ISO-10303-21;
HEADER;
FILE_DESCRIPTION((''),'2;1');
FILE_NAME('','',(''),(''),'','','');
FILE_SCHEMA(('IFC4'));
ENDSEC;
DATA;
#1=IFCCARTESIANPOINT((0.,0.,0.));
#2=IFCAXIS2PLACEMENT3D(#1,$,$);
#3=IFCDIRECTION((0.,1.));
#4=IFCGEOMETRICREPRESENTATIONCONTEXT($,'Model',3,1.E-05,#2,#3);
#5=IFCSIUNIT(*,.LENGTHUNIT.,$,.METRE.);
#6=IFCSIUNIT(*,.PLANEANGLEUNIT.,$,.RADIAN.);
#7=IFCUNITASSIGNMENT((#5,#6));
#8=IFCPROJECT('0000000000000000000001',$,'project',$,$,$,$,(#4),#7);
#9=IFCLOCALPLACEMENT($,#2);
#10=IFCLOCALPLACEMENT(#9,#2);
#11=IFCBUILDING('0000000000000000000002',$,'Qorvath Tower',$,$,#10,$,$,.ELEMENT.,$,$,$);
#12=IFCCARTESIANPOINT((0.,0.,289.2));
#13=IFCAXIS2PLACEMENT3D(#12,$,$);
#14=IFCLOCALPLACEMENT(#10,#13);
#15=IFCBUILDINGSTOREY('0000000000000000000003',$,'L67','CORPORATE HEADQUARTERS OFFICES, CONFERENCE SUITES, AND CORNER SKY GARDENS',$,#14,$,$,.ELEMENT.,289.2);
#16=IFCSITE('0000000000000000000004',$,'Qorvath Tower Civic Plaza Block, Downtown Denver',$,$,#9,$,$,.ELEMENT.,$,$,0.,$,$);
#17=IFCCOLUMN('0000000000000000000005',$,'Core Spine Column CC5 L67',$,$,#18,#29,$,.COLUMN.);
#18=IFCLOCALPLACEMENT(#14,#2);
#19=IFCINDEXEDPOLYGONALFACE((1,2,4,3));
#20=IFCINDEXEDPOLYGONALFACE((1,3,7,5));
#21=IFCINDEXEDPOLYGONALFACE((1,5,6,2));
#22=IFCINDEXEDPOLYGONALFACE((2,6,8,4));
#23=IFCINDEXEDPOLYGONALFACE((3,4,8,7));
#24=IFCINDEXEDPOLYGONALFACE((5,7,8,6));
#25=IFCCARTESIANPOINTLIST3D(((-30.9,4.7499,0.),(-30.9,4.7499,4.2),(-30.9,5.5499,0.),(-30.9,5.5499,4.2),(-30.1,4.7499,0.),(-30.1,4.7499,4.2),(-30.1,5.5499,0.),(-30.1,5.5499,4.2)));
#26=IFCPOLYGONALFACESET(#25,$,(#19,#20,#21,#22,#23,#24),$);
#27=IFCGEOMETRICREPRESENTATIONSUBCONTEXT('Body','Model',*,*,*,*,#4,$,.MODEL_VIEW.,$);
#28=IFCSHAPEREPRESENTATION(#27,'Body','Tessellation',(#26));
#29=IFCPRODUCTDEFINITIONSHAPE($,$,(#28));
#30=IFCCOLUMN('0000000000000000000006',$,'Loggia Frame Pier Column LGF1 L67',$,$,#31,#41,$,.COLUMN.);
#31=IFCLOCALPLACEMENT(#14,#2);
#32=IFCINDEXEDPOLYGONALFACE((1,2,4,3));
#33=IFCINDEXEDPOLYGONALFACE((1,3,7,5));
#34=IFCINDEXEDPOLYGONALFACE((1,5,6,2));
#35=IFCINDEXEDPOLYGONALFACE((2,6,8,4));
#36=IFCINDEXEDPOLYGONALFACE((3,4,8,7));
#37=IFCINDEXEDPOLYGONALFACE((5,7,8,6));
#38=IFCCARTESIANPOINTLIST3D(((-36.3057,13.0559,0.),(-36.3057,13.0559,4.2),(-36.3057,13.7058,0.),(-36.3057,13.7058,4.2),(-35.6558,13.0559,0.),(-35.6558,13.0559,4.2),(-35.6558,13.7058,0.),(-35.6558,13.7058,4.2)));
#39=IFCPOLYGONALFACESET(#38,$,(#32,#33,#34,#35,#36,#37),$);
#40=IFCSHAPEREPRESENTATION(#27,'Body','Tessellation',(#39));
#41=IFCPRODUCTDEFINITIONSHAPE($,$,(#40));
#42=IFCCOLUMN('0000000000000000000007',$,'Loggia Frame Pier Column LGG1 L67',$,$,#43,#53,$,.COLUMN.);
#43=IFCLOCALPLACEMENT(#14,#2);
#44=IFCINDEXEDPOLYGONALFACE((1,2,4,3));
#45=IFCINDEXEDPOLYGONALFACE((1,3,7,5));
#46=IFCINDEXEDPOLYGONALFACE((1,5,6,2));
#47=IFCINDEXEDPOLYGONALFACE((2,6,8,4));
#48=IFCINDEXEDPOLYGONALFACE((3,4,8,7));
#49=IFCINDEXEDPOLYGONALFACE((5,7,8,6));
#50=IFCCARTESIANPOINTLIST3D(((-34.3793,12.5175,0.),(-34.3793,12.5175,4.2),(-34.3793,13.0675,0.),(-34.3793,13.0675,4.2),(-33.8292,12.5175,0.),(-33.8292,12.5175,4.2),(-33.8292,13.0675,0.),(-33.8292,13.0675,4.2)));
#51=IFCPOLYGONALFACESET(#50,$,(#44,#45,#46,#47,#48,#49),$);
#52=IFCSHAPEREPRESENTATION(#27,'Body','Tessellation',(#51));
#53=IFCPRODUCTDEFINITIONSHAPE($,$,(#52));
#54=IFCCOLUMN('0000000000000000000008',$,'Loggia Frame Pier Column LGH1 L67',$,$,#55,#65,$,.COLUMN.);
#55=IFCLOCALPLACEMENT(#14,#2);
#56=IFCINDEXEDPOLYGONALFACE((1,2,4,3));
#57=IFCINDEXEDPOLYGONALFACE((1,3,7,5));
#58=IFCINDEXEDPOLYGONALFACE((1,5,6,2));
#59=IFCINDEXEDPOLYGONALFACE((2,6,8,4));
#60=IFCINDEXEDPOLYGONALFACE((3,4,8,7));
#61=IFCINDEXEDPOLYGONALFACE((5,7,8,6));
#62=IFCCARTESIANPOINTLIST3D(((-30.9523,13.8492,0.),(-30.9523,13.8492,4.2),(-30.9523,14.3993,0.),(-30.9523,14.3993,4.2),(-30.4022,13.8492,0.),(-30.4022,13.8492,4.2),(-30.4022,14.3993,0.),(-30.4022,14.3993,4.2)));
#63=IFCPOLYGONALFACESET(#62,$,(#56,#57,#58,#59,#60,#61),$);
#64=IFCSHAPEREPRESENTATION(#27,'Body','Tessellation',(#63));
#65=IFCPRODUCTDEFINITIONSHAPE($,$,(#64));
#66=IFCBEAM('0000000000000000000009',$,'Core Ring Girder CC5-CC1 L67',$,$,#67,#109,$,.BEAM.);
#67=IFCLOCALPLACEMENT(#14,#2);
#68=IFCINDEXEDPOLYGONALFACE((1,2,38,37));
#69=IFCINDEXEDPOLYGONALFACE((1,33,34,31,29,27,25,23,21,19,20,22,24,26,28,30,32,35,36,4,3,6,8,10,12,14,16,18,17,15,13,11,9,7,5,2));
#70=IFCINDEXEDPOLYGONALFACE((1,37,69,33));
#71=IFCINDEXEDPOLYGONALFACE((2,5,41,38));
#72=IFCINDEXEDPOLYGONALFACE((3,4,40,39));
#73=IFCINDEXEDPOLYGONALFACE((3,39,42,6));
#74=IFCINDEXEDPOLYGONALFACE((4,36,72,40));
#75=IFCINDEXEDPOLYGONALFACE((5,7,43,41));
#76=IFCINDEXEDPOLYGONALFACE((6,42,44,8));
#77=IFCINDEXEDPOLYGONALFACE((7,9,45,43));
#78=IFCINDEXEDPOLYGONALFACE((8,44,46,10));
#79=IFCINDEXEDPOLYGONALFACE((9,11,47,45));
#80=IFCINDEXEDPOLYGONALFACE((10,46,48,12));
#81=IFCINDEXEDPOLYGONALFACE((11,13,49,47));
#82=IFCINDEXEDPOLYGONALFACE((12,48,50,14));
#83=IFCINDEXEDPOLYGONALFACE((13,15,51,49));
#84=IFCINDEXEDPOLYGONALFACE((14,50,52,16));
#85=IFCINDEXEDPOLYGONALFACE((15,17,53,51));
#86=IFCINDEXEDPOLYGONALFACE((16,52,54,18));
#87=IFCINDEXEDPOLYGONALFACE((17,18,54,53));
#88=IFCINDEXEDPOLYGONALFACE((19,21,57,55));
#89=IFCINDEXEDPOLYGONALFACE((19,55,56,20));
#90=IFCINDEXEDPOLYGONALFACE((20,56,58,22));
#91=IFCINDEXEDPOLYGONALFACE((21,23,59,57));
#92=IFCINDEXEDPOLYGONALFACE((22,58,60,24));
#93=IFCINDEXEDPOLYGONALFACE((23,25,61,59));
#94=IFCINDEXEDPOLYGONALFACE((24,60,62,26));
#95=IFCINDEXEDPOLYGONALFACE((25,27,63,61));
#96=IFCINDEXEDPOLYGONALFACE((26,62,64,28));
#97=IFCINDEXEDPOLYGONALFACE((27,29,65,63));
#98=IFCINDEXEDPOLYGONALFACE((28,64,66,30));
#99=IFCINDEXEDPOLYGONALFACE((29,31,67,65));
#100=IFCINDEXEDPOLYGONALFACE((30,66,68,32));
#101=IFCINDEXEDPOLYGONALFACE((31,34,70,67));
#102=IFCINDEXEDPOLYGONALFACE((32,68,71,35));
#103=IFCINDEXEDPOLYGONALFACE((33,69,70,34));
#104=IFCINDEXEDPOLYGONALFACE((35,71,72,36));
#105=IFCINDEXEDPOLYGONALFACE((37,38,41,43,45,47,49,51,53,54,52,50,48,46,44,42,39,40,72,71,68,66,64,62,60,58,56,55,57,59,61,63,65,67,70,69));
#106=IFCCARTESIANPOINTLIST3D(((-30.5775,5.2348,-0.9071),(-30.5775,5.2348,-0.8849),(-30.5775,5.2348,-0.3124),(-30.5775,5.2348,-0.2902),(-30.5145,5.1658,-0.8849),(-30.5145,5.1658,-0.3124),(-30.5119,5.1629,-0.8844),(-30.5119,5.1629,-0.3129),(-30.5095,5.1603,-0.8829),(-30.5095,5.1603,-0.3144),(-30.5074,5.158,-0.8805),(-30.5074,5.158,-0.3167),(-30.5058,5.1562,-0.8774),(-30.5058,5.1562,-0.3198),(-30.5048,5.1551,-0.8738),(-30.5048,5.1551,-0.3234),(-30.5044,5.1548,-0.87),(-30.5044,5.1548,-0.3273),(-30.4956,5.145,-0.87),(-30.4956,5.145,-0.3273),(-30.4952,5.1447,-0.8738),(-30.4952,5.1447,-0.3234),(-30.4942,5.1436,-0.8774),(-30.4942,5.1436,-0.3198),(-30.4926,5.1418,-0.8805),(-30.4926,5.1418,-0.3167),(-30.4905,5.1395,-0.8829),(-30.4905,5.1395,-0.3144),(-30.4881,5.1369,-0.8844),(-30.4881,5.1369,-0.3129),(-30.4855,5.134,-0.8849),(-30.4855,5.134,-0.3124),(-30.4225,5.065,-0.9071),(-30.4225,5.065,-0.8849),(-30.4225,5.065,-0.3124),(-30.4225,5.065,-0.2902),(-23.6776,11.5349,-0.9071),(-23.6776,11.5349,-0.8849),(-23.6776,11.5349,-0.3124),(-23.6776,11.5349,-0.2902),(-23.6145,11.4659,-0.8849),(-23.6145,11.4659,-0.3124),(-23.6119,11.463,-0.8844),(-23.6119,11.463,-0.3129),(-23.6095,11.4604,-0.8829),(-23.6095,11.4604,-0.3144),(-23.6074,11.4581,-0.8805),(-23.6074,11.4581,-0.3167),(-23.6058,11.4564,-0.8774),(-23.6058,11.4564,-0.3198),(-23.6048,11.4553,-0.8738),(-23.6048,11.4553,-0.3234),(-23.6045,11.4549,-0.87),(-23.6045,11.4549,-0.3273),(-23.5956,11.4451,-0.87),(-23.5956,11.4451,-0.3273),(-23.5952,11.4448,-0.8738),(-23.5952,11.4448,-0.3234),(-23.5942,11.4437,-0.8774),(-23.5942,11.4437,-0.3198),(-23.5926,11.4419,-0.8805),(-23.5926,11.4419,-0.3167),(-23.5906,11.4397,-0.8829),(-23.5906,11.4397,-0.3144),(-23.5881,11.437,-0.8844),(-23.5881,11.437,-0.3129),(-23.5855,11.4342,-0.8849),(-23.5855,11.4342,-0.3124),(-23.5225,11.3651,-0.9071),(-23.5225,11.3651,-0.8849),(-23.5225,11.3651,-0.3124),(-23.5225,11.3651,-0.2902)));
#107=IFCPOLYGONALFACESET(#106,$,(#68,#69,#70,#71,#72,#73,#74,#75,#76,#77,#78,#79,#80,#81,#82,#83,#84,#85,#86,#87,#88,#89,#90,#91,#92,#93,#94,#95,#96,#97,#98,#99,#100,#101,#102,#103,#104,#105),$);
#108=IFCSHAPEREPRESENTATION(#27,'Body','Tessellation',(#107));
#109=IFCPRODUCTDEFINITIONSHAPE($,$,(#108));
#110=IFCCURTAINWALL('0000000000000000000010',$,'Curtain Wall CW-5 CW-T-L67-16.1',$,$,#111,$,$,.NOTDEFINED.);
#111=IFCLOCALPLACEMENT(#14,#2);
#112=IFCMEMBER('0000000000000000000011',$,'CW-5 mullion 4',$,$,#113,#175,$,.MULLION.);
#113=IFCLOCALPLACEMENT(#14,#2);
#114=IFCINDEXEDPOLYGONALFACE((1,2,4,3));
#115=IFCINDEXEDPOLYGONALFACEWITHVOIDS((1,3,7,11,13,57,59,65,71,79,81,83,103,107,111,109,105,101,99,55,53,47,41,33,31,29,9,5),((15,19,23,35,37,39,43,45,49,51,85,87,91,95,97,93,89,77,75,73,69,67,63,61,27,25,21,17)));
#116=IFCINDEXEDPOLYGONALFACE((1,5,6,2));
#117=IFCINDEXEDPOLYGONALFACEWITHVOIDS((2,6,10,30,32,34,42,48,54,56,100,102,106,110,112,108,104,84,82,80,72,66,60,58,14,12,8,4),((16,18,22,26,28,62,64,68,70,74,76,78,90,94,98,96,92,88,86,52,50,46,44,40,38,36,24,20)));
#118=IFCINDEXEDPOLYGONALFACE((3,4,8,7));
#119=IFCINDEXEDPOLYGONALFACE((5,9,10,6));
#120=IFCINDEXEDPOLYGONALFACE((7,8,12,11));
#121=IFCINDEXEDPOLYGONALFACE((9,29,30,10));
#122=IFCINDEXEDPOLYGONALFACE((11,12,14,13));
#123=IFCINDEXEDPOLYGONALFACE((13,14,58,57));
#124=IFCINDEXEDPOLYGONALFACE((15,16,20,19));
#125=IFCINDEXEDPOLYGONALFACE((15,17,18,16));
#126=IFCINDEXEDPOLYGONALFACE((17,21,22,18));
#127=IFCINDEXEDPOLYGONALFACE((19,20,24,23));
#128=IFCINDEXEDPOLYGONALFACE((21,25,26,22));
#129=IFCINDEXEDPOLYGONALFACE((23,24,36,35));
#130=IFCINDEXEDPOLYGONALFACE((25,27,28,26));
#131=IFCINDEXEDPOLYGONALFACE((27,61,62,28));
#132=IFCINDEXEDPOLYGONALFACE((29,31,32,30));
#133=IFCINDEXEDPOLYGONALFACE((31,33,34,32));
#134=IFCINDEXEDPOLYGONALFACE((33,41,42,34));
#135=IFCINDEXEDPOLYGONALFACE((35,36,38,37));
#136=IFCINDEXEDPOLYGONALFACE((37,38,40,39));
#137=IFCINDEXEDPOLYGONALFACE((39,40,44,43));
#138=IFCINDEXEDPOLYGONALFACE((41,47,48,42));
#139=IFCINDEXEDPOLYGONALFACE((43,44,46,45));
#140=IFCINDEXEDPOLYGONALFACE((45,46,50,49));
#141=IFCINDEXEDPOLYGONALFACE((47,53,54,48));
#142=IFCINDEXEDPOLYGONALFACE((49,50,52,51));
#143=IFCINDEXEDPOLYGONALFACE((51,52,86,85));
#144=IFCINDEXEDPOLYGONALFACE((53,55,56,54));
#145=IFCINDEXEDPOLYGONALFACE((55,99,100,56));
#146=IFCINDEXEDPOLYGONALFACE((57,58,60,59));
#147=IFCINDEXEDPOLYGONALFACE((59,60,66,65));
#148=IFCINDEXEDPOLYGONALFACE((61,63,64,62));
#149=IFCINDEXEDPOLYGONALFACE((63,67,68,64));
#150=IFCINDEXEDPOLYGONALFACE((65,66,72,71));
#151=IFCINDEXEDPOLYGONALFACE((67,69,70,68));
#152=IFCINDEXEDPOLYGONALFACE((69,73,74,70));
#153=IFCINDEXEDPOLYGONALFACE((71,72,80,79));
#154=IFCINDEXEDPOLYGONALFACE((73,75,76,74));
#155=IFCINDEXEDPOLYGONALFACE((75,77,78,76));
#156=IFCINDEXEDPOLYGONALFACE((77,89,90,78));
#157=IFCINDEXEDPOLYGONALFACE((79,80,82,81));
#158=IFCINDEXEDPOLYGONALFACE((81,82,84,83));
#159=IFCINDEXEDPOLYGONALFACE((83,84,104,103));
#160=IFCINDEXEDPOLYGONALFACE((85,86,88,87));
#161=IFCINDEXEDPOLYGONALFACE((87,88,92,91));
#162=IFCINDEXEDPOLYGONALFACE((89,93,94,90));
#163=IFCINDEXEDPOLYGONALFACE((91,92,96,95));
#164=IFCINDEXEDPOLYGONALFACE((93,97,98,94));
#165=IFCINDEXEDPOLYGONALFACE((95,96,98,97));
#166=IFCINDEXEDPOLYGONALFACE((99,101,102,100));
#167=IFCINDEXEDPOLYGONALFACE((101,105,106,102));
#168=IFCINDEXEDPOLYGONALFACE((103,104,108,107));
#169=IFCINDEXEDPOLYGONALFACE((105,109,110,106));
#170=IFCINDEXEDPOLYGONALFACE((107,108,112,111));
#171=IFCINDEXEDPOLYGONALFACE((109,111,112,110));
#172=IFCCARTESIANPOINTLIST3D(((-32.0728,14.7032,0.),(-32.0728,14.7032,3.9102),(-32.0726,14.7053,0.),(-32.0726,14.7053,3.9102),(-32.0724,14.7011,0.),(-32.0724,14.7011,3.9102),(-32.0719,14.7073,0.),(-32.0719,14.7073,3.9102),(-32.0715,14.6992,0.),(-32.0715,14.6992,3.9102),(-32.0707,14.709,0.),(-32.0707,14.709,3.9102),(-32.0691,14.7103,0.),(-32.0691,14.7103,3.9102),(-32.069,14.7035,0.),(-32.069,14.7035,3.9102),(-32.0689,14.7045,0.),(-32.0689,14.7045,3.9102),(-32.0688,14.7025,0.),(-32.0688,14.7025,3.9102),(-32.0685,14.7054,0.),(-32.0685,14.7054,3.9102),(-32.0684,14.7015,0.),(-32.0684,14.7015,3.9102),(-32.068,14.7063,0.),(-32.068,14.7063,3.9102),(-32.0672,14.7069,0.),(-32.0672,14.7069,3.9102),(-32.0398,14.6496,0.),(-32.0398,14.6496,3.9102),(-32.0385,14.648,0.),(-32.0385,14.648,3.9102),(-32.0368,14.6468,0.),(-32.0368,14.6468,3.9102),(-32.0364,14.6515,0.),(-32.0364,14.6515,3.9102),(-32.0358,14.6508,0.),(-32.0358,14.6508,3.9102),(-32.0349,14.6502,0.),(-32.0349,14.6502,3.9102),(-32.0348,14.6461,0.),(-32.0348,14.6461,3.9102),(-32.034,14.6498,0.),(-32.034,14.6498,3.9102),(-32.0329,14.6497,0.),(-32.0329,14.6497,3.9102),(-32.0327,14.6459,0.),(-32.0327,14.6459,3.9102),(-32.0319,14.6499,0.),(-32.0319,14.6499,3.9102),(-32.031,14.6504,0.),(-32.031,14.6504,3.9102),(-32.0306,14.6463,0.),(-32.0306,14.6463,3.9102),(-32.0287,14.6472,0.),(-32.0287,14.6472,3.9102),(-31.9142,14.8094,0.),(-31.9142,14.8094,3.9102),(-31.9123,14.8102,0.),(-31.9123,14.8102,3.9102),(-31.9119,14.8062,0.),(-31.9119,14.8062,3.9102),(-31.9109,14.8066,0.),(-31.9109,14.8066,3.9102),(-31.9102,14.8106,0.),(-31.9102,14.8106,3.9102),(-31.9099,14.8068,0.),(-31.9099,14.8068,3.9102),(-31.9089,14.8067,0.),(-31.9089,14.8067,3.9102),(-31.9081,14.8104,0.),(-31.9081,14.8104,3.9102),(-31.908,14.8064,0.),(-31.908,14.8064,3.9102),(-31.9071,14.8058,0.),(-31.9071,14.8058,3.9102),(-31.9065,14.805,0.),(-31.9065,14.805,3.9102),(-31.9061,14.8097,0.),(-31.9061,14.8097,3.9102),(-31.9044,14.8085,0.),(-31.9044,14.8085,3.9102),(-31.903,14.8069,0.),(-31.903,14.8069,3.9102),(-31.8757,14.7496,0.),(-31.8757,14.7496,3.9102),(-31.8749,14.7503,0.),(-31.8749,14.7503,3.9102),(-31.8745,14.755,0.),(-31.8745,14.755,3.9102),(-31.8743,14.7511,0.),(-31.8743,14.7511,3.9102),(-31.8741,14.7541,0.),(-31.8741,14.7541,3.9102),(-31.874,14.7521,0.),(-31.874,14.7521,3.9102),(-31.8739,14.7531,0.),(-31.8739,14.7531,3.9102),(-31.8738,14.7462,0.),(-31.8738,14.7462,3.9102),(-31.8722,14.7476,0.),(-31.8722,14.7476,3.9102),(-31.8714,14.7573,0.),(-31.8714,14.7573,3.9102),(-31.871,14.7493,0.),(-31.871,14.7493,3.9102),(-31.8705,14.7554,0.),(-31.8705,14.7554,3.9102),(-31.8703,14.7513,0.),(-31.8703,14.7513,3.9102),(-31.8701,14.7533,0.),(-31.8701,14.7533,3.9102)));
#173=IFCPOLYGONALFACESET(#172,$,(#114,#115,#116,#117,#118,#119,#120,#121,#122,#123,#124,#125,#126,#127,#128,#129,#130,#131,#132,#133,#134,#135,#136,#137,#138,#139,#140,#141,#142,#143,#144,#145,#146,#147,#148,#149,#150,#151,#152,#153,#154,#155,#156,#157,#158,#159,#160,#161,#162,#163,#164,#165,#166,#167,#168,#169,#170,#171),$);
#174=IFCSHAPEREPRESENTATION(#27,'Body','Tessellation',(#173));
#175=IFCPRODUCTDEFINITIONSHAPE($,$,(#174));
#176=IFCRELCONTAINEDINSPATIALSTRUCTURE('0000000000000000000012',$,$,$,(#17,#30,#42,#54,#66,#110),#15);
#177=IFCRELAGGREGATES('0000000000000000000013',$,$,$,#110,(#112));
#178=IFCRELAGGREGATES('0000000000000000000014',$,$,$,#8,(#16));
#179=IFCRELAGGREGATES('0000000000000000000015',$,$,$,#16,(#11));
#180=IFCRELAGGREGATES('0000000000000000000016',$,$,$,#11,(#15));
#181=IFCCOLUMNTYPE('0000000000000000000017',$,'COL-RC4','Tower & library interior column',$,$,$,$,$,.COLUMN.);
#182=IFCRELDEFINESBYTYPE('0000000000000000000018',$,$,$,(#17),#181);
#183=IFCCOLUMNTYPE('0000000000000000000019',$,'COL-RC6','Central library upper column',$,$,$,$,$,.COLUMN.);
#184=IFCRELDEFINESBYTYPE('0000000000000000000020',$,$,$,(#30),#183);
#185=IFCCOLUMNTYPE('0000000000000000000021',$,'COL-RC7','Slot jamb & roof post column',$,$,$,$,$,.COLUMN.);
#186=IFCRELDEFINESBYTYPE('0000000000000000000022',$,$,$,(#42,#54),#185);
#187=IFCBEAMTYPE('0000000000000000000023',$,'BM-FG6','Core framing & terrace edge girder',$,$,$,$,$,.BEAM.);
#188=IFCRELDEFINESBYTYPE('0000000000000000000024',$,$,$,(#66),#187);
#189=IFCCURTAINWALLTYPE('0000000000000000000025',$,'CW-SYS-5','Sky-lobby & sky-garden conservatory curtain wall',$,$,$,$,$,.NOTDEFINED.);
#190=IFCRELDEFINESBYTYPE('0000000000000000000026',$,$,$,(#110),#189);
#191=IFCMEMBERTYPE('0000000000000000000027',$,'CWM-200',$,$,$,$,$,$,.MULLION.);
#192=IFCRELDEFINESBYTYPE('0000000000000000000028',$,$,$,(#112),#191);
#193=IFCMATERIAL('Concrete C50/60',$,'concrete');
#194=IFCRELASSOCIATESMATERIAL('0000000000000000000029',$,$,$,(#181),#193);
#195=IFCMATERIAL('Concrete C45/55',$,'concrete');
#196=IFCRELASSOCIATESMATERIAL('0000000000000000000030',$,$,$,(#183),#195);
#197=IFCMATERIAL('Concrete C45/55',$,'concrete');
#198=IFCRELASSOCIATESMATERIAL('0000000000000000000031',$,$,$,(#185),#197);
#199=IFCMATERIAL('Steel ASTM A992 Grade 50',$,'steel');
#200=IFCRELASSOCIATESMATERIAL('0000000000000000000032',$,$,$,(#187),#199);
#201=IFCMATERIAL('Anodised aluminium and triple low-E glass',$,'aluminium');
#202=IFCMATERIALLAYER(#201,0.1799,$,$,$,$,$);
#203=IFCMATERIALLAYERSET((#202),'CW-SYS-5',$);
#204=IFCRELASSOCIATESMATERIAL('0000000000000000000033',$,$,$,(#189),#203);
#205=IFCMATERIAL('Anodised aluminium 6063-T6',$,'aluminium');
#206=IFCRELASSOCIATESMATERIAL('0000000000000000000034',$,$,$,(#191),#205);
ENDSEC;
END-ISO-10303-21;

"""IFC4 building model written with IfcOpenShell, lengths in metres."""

from ifc_helpers import new_model, si_unit, direction, frame, origin, origin_2d, place, context, subcontext, project, spatial, rectangle, hollow_rectangle, i_section, extrude, material, layer, layer_set, material_profile, profile_set, type_object, element, aggregate, save


model = new_model("IFC4")

# Units and contexts
model_context = context("Model", 3, precision=1e-05, world=origin(), true_north=direction((0.0, 1.0)))
body_context = subcontext(model_context, "Body", "Model", "MODEL_VIEW")
ifc_project = project(units=[si_unit("LENGTHUNIT", "METRE"), si_unit("PLANEANGLEUNIT", "RADIAN")], contexts=[model_context])

# Site, building, storey
site_placement = place(None, origin())
site = spatial("IfcSite", under=ifc_project, at=site_placement, Name="Qorvath Tower Civic Plaza Block, Downtown Denver", CompositionType="ELEMENT", RefElevation=0.0)
building_placement = place(site_placement, origin())
building = spatial("IfcBuilding", under=site, at=building_placement, Name="Qorvath Tower", CompositionType="ELEMENT")
storey_placement = place(building_placement, frame((0.0, 0.0, 289.2)))
storey = spatial("IfcBuildingStorey", under=building, at=storey_placement, Name="L67", Description="CORPORATE HEADQUARTERS OFFICES, CONFERENCE SUITES, AND CORNER SKY GARDENS", CompositionType="ELEMENT", Elevation=289.2)

# Columns
ifc_material_1 = material(Name="Concrete C50/60", Category="concrete")
ifc_material_profile_1 = material_profile(ifc_material_1, rectangle(XDim=0.8, YDim=0.8, at=origin_2d()), Name="RC 800x800")
ifc_profile_set_1 = profile_set([ifc_material_profile_1], Name="Concrete C50/60")
column_type_1 = type_object("IfcColumnType", Name="COL-RC4", Description="Tower & library interior column", PredefinedType="COLUMN", material=ifc_profile_set_1)
column_1_placement = place(storey_placement, frame((-30.5, 5.1499, 0.0), z_axis=(0.0, 0.0, 1.0), x_axis=(1.0, 0.0, 0.0)))
element("IfcColumn", 1, at=column_1_placement, inside=storey, type_object=column_type_1, Name="Core Spine Column CC5 L67", PredefinedType="COLUMN", context=body_context, shape_type="SweptSolid", body=[
    extrude(rectangle(XDim=0.8, YDim=0.8, at=origin_2d()), origin(), (0.0, 0.0, 1.0), 4.2),
])
ifc_material_2 = material(Name="Concrete C45/55", Category="concrete")
ifc_material_profile_2 = material_profile(ifc_material_2, rectangle(XDim=0.6499, YDim=0.6499, at=origin_2d()), Name="RC 650x650")
ifc_profile_set_2 = profile_set([ifc_material_profile_2], Name="Concrete C45/55")
column_type_2 = type_object("IfcColumnType", Name="COL-RC6", Description="Central library upper column", PredefinedType="COLUMN", material=ifc_profile_set_2)
column_2_placement = place(storey_placement, frame((-35.9807, 13.3809, 0.0), z_axis=(0.0, 0.0, 1.0), x_axis=(1.0, 0.0, 0.0)))
element("IfcColumn", 2, at=column_2_placement, inside=storey, type_object=column_type_2, Name="Loggia Frame Pier Column LGF1 L67", PredefinedType="COLUMN", context=body_context, shape_type="SweptSolid", body=[
    extrude(rectangle(XDim=0.6499, YDim=0.6499, at=origin_2d()), origin(), (0.0, 0.0, 1.0), 4.2),
])
ifc_material_3 = material(Name="Concrete C45/55", Category="concrete")
ifc_material_profile_3 = material_profile(ifc_material_3, rectangle(XDim=0.55, YDim=0.55, at=origin_2d()), Name="RC 550x550")
ifc_profile_set_3 = profile_set([ifc_material_profile_3], Name="Concrete C45/55")
column_type_3 = type_object("IfcColumnType", Name="COL-RC7", Description="Slot jamb & roof post column", PredefinedType="COLUMN", material=ifc_profile_set_3)
for number, where, z_axis, x_axis, name in (
    (3, (-34.1042, 12.7925, 0.0), (0.0, 0.0, 1.0), (1.0, 0.0, 0.0), "Loggia Frame Pier Column LGG1 L67"),
    (4, (-30.6772, 14.1243, 0.0), (0.0, 0.0, 1.0), (1.0, 0.0, 0.0), "Loggia Frame Pier Column LGH1 L67"),
):
    element("IfcColumn", number, at=place(storey_placement, frame(where, z_axis=z_axis, x_axis=x_axis)), inside=storey, type_object=column_type_3, Name=name, PredefinedType="COLUMN", context=body_context, shape_type="SweptSolid", body=[
        extrude(rectangle(XDim=0.55, YDim=0.55, at=origin_2d()), origin(), (0.0, 0.0, 1.0), 4.2),
    ])

# Beam
ifc_material_4 = material(Name="Steel ASTM A992 Grade 50", Category="steel")
ifc_material_profile_4 = material_profile(ifc_material_4, i_section(OverallWidth=0.23, OverallDepth=0.6169, WebThickness=0.0132, FlangeThickness=0.0222, FilletRadius=0.0149, at=origin_2d()), Name="W24x94")
ifc_profile_set_4 = profile_set([ifc_material_profile_4], Name="Steel ASTM A992 Grade 50")
beam_type = type_object("IfcBeamType", Name="BM-FG6", Description="Core framing & terrace edge girder", PredefinedType="BEAM", material=ifc_profile_set_4)
beam_placement = place(storey_placement, frame((-30.5, 5.1499, -0.5986), z_axis=(0.738478, 0.674277, 0.0), x_axis=(-0.674277, 0.738478, 0.0)))
element("IfcBeam", 5, at=beam_placement, inside=storey, type_object=beam_type, Name="Core Ring Girder CC5-CC1 L67", PredefinedType="BEAM", context=body_context, shape_type="SweptSolid", body=[
    extrude(i_section(OverallWidth=0.23, OverallDepth=0.6169, WebThickness=0.0132, FlangeThickness=0.0222, FilletRadius=0.0149, at=origin_2d()), origin(), (0.0, 0.0, 1.0), 9.3435),
])

# Curtain wall, member
ifc_material_5 = material(Name="Anodised aluminium and triple low-E glass", Category="aluminium")
ifc_layer_1 = layer(ifc_material_5, 0.1799)
ifc_layer_set_1 = layer_set([ifc_layer_1], Name="CW-SYS-5")
curtain_wall_type = type_object("IfcCurtainWallType", Name="CW-SYS-5", Description="Sky-lobby & sky-garden conservatory curtain wall", PredefinedType="NOTDEFINED", material=ifc_layer_set_1)
curtain_wall_placement = place(storey_placement, origin())
curtain_wall = element("IfcCurtainWall", 6, at=curtain_wall_placement, inside=storey, type_object=curtain_wall_type, Name="Curtain Wall CW-5 CW-T-L67-16.1", PredefinedType="NOTDEFINED")
ifc_material_6 = material(Name="Anodised aluminium 6063-T6", Category="aluminium")
ifc_material_profile_5 = material_profile(ifc_material_6, hollow_rectangle(XDim=0.075, YDim=0.2, WallThickness=0.0039, InnerFilletRadius=0.0039, OuterFilletRadius=0.0081, at=origin_2d()), Name="CWM 200x75")
ifc_profile_set_5 = profile_set([ifc_material_profile_5], Name="Anodised aluminium 6063-T6")
member_type_1 = type_object("IfcMemberType", Name="CWM-200", PredefinedType="MULLION", material=ifc_profile_set_5)
member_1_placement = place(storey_placement, frame((-31.9714, 14.7283, 0.0), z_axis=(0.0, 0.0, 1.0), x_axis=(0.538537, -0.842602, 0.0)))
member_1 = element("IfcMember", 7, at=member_1_placement, type_object=member_type_1, Name="CW-5 mullion 4", PredefinedType="MULLION", context=body_context, shape_type="SweptSolid", body=[
    extrude(hollow_rectangle(XDim=0.075, YDim=0.2, WallThickness=0.0039, InnerFilletRadius=0.0039, OuterFilletRadius=0.0081, at=origin_2d()), origin(), (0.0, 0.0, 1.0), 3.9102),
])
aggregate(curtain_wall, [member_1])

save(model, "model.ifc")
